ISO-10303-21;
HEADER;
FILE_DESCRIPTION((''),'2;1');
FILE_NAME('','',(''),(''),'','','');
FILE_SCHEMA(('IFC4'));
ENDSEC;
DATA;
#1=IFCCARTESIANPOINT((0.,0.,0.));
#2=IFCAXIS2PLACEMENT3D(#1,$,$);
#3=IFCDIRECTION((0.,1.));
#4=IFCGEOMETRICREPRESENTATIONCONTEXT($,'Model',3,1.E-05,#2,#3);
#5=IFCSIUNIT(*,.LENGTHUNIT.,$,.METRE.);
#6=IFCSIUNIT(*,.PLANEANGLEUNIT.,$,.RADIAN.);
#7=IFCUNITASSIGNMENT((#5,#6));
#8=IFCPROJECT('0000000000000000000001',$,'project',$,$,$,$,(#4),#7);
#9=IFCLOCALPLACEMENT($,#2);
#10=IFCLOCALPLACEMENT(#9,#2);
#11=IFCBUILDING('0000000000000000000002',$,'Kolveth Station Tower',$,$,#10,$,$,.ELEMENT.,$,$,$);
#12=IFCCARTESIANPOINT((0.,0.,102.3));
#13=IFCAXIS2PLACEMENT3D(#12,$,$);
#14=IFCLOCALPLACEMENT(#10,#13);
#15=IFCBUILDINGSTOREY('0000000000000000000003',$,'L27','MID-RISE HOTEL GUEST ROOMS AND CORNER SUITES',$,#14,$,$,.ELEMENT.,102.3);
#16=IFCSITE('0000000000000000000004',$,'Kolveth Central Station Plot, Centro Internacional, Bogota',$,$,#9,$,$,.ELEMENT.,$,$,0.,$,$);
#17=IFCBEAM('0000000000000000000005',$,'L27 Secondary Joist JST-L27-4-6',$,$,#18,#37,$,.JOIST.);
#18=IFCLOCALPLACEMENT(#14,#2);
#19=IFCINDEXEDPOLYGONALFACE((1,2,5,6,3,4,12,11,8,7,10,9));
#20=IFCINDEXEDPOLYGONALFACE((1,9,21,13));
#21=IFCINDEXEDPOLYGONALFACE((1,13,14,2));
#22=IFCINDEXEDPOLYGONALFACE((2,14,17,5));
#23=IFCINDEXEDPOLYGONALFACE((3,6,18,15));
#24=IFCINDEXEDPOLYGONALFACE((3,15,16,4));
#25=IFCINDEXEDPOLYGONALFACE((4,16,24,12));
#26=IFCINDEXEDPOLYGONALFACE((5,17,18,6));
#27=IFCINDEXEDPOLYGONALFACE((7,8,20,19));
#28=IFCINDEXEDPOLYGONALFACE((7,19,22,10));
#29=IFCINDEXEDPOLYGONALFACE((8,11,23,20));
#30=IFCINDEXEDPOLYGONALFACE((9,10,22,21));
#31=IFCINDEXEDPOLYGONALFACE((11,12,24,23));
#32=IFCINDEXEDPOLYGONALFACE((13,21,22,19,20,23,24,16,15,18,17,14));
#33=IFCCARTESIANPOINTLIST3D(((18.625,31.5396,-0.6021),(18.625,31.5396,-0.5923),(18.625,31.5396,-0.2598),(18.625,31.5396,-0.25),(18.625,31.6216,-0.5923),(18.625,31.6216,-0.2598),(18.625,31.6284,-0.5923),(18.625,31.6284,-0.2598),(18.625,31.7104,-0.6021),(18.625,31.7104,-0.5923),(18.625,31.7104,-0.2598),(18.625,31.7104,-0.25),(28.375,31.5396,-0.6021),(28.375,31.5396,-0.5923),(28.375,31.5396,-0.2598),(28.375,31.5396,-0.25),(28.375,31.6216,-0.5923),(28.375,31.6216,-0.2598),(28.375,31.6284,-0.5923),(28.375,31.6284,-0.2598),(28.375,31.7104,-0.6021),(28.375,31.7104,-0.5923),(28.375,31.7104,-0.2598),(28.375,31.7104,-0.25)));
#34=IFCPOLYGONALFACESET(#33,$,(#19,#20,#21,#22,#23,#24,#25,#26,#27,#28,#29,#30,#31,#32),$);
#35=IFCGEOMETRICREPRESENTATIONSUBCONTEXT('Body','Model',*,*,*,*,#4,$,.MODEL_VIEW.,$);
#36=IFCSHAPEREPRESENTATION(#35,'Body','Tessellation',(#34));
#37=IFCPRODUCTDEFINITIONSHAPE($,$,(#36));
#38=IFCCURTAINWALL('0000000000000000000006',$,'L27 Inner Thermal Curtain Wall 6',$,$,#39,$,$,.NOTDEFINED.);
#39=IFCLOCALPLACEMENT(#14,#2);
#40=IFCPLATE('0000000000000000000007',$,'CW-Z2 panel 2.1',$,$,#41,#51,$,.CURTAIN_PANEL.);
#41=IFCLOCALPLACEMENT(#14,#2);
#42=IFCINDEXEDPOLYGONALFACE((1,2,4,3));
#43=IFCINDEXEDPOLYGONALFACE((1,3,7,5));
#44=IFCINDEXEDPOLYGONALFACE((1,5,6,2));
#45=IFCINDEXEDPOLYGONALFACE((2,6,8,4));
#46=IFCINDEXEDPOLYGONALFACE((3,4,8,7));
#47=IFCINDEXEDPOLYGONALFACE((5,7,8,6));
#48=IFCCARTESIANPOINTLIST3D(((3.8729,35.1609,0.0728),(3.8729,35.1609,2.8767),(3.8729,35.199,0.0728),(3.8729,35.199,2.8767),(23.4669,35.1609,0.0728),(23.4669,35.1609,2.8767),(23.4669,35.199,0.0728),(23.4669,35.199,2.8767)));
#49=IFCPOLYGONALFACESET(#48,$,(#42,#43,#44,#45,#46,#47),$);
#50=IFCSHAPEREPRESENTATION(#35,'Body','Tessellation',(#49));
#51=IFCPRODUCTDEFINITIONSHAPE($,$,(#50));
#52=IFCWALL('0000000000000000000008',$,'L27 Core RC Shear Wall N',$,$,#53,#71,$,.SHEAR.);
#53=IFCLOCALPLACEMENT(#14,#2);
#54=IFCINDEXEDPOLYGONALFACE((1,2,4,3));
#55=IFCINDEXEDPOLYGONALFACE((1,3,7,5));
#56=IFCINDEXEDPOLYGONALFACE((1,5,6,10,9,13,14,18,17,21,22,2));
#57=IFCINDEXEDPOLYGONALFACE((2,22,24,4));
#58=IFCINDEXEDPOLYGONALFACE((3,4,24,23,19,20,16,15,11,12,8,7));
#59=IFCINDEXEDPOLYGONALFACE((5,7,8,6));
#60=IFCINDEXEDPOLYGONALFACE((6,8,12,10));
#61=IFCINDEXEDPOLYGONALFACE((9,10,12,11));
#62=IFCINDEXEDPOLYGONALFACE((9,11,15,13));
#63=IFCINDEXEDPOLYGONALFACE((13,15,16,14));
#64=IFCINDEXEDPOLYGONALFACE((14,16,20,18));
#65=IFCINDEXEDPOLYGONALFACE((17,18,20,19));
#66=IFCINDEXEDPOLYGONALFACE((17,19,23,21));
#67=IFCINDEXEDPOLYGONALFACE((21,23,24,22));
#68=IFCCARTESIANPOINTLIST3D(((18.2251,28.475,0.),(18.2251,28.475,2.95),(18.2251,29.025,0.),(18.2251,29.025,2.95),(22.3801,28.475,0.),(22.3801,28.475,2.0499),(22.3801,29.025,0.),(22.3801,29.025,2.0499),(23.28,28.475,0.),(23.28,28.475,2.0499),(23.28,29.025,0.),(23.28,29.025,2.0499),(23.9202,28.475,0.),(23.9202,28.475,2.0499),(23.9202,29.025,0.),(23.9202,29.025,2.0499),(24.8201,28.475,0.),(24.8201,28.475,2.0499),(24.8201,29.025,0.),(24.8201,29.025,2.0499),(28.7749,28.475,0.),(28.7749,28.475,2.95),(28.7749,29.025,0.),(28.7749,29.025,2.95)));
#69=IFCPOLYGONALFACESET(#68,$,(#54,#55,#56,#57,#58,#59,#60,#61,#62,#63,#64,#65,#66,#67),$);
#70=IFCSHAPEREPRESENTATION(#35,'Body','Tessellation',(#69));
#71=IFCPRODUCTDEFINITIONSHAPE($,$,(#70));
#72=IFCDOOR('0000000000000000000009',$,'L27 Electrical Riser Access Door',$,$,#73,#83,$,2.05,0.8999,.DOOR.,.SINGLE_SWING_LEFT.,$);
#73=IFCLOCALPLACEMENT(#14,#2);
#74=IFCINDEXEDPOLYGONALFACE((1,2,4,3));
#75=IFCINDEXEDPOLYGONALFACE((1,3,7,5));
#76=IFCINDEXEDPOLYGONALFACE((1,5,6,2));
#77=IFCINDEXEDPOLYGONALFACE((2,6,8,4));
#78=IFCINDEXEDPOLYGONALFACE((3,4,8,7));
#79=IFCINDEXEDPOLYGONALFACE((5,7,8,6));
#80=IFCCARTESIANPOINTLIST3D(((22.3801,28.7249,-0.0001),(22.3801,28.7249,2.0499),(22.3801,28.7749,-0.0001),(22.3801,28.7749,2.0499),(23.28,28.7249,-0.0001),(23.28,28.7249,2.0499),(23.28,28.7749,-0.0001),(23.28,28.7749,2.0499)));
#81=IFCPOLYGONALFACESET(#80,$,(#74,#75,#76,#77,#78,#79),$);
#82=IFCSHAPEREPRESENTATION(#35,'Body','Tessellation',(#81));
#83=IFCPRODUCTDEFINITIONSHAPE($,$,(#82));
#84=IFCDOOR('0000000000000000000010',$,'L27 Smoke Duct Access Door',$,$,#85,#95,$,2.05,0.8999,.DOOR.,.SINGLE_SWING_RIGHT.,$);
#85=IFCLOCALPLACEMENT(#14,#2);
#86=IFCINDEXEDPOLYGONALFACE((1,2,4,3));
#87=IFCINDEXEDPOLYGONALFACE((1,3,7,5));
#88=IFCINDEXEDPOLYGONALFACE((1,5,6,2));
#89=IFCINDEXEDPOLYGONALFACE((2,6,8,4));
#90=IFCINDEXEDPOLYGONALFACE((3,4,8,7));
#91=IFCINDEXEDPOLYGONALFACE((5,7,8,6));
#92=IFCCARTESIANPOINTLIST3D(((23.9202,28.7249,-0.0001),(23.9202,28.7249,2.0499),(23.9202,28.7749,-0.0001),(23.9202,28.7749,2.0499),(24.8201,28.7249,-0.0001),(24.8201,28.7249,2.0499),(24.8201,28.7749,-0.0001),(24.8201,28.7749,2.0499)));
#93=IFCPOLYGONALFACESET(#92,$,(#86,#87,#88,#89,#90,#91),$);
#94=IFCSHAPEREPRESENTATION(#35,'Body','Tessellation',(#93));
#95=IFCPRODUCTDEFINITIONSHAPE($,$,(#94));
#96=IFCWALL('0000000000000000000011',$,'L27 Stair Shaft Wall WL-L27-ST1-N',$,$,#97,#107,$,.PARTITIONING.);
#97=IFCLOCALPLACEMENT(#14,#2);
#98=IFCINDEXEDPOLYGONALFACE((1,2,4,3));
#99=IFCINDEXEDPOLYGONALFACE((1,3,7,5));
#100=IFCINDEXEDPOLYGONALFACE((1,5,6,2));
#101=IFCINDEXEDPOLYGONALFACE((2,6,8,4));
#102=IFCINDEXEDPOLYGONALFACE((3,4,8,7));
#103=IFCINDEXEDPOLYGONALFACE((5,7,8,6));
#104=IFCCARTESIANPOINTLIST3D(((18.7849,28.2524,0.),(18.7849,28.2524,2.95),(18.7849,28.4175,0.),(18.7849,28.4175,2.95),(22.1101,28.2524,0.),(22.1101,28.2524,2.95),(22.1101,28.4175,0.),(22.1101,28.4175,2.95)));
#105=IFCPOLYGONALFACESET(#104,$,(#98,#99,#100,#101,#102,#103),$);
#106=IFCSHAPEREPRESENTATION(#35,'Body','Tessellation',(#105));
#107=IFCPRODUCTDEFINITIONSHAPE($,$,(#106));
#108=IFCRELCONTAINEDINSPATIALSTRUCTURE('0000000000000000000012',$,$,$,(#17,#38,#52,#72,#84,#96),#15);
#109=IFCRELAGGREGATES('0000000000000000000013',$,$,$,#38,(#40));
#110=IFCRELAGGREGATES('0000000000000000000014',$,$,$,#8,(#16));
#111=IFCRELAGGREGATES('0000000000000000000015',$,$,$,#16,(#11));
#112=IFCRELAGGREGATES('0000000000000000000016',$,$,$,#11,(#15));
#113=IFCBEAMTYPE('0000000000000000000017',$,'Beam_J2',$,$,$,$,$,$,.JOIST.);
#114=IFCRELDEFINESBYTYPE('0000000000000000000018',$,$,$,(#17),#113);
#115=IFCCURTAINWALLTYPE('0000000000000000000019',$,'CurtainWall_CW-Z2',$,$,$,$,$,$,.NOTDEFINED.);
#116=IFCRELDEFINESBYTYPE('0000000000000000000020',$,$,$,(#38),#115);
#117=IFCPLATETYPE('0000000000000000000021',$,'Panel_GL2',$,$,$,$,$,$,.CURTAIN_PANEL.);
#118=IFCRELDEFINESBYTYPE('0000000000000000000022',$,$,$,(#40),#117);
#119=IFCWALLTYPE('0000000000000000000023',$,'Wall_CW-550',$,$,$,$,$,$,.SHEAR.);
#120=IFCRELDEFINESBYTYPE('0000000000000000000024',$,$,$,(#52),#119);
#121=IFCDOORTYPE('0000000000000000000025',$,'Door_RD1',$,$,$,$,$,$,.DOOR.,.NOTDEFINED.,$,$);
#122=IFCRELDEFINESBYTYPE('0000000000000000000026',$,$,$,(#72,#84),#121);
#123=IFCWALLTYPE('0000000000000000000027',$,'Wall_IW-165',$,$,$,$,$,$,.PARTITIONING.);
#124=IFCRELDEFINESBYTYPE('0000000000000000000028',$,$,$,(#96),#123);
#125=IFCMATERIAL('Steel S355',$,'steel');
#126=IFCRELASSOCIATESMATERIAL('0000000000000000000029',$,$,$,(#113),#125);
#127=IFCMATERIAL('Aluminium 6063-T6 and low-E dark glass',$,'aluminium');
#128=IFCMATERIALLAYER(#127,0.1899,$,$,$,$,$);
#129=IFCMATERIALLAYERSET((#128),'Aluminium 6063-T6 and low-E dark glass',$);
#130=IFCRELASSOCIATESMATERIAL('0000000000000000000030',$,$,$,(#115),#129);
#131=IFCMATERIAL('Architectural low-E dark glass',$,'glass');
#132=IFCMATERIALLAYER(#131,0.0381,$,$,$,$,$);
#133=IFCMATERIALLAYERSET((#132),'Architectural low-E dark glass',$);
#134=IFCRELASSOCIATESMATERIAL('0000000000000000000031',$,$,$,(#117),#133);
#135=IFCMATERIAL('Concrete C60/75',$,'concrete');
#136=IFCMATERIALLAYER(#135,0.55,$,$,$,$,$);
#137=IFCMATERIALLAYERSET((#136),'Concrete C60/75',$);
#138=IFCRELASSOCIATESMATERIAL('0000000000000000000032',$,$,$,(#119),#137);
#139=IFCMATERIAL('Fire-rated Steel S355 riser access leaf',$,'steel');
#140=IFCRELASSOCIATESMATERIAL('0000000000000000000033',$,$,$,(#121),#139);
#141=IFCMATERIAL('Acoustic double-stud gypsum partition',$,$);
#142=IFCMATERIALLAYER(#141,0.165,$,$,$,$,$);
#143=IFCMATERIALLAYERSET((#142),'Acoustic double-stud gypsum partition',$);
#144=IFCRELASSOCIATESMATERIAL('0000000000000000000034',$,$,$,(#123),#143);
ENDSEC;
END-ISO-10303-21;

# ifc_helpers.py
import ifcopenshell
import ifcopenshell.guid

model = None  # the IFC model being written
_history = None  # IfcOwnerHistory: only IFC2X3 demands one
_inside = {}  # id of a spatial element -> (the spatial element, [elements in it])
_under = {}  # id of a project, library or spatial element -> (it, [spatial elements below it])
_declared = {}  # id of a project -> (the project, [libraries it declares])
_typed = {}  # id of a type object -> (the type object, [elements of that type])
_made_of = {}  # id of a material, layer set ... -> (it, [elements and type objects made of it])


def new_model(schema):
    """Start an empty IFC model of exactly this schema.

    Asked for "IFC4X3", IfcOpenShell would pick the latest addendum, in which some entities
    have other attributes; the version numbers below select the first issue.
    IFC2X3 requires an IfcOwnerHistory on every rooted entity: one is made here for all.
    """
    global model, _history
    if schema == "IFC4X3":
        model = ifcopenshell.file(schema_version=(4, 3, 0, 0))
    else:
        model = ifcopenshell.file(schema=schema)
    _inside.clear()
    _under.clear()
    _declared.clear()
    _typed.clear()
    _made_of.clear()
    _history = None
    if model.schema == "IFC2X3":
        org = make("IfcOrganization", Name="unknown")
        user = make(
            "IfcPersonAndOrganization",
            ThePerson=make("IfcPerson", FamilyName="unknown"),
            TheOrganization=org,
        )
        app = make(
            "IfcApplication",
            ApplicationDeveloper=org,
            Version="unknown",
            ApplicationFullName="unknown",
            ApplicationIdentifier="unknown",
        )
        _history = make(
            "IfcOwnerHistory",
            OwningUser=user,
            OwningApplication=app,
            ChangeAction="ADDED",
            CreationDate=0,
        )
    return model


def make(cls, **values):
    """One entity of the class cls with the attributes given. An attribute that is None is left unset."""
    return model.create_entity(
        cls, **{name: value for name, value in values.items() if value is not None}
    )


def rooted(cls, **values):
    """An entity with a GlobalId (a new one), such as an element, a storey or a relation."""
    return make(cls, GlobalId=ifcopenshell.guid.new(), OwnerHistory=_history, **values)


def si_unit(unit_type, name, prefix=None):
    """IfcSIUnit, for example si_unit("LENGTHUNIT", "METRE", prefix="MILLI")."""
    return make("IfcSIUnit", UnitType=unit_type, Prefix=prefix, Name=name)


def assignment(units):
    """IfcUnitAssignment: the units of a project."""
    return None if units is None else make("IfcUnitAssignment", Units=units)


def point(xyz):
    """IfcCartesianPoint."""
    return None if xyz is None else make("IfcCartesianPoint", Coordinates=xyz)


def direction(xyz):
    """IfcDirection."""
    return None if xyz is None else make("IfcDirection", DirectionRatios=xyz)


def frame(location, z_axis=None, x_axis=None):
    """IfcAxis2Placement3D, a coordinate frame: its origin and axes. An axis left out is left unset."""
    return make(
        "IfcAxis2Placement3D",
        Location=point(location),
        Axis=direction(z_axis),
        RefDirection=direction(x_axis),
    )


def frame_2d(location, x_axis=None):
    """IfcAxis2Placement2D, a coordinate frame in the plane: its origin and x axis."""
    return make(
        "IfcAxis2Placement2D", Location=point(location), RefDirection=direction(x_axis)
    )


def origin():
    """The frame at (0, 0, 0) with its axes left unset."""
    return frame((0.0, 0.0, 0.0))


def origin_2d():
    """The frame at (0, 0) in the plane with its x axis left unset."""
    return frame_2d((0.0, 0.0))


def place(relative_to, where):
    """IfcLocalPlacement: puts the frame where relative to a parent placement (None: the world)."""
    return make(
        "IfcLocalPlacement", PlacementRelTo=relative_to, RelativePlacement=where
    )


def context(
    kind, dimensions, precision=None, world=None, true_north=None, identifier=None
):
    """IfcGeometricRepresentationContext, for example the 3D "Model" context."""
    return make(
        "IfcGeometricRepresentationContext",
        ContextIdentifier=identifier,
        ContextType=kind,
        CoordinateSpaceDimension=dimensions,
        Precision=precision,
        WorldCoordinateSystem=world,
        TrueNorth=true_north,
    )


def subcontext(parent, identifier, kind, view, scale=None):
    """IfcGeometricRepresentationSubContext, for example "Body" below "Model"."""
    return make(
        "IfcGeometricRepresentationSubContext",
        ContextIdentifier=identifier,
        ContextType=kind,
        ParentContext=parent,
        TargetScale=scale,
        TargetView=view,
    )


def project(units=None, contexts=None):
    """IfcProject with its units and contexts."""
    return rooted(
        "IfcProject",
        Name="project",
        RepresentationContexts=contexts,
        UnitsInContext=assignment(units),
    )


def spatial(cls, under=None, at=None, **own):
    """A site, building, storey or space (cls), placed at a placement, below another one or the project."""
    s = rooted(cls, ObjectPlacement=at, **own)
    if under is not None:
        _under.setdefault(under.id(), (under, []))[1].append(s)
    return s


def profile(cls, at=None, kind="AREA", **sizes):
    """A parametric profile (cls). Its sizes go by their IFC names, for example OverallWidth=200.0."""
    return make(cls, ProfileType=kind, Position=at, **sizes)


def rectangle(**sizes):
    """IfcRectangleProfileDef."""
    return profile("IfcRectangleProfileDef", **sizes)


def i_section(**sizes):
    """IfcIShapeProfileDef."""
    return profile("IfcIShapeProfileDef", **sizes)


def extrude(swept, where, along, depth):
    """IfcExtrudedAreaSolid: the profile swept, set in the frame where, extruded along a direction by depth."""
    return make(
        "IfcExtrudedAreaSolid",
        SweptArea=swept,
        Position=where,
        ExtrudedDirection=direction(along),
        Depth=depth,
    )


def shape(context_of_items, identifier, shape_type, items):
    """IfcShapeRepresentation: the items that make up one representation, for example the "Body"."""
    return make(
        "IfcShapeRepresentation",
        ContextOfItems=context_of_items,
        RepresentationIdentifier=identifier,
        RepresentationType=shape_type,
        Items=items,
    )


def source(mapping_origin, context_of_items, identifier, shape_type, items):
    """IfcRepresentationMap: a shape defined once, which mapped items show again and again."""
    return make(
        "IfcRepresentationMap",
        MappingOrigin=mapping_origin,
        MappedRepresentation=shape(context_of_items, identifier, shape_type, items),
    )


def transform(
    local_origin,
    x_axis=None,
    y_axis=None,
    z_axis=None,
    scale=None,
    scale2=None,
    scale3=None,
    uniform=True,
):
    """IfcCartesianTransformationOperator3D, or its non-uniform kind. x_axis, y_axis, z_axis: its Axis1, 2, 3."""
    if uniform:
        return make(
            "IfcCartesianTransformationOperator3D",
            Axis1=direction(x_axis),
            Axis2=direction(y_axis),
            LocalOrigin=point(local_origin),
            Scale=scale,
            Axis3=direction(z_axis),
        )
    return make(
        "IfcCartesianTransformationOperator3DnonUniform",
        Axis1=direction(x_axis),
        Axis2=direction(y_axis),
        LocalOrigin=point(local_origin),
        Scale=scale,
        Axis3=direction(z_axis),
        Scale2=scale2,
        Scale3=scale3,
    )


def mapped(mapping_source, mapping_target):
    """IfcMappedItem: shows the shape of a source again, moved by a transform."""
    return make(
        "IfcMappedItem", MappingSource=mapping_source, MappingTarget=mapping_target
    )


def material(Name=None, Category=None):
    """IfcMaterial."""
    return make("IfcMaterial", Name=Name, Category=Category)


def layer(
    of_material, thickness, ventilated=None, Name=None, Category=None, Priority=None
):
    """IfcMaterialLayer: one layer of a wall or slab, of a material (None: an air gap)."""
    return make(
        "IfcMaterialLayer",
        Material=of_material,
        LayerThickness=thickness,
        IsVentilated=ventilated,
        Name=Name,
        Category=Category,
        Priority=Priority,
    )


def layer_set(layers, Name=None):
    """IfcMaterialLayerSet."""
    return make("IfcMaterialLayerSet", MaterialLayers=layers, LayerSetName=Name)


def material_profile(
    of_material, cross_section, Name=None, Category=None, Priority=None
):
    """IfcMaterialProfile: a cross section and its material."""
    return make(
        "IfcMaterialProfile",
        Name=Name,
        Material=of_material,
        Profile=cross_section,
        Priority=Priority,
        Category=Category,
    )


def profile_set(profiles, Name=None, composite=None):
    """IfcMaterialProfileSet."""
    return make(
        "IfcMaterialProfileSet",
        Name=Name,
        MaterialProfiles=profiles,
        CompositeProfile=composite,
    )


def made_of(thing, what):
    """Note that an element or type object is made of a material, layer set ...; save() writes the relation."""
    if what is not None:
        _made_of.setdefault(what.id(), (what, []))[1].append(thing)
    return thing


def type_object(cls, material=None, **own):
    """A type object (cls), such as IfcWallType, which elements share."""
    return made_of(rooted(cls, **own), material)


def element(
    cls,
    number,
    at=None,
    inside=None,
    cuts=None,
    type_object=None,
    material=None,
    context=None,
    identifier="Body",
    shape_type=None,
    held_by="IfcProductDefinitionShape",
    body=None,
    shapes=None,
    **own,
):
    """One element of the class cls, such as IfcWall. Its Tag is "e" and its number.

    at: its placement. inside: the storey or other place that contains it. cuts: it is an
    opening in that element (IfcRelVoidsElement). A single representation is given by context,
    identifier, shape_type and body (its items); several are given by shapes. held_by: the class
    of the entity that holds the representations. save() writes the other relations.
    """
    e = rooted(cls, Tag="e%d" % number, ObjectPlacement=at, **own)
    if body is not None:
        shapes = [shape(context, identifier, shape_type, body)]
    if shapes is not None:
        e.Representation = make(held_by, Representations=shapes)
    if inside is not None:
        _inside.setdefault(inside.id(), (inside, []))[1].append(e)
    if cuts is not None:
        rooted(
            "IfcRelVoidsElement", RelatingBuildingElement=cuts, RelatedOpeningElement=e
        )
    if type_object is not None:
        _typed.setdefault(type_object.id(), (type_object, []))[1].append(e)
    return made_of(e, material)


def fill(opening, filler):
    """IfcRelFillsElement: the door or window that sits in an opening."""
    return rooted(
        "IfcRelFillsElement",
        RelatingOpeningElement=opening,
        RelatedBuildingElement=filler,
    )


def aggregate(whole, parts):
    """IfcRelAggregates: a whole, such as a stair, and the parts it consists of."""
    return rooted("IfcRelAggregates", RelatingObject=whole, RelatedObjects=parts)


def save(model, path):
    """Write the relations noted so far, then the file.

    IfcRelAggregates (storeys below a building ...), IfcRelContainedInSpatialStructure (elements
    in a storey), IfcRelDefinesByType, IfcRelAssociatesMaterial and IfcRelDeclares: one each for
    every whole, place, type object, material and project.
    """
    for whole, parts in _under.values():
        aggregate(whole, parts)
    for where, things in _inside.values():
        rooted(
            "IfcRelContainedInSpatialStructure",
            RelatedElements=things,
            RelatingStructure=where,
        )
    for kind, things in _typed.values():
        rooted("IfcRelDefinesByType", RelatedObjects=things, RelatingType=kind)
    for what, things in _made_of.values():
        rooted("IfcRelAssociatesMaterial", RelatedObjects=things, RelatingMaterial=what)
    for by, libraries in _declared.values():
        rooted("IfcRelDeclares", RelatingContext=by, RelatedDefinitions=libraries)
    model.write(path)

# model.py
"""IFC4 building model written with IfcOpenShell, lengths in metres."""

from ifc_helpers import new_model, si_unit, direction, frame, frame_2d, origin, origin_2d, place, context, subcontext, project, spatial, rectangle, i_section, extrude, source, transform, mapped, material, layer, layer_set, material_profile, profile_set, type_object, element, fill, aggregate, save


model = new_model("IFC4")

# Units and contexts
model_context = context("Model", 3, precision=1e-05, world=origin(), true_north=direction((0.0, 1.0)))
body_context = subcontext(model_context, "Body", "Model", "MODEL_VIEW")
ifc_project = project(units=[si_unit("LENGTHUNIT", "METRE"), si_unit("PLANEANGLEUNIT", "RADIAN")], contexts=[model_context])

# Site, building, storey
site_placement = place(None, origin())
site = spatial("IfcSite", under=ifc_project, at=site_placement, Name="Kolveth Central Station Plot, Centro Internacional, Bogota", CompositionType="ELEMENT", RefElevation=0.0)
building_placement = place(site_placement, origin())
building = spatial("IfcBuilding", under=site, at=building_placement, Name="Kolveth Station Tower", CompositionType="ELEMENT")
storey_placement = place(building_placement, frame((0.0, 0.0, 102.3)))
storey = spatial("IfcBuildingStorey", under=building, at=storey_placement, Name="L27", Description="MID-RISE HOTEL GUEST ROOMS AND CORNER SUITES", CompositionType="ELEMENT", Elevation=102.3)

# Shared definitions
ifc_material_1 = material(Name="Steel S355", Category="steel")

# Beam
ifc_material_profile_1 = material_profile(ifc_material_1, i_section(OverallWidth=0.1709, OverallDepth=0.3521, WebThickness=0.0068, FlangeThickness=0.0098, at=origin_2d()), Name="W360x44")
ifc_profile_set_1 = profile_set([ifc_material_profile_1], Name="Steel S355")
beam_type_1 = type_object("IfcBeamType", Name="Beam_J2", PredefinedType="JOIST", material=ifc_profile_set_1)
shared_shape_1 = source(origin(), body_context, "Body", "SweptSolid", [
    extrude(i_section(OverallWidth=0.1709, OverallDepth=0.3521, WebThickness=0.0068, FlangeThickness=0.0098, at=origin_2d()), origin(), (0.0, 0.0, 1.0), 9.75),
])
beam_1_placement = place(storey_placement, frame((18.625, 31.625, -0.426), z_axis=(1.0, 0.0, 0.0), x_axis=(0.0, 1.0, 0.0)))
element("IfcBeam", 1, at=beam_1_placement, inside=storey, type_object=beam_type_1, Name="L27 Secondary Joist JST-L27-4-6", PredefinedType="JOIST", context=body_context, shape_type="MappedRepresentation", body=[
    mapped(shared_shape_1, transform((0.0, 0.0, 0.0), x_axis=(1.0, 0.0, 0.0), y_axis=(0.0, 1.0, 0.0), z_axis=(0.0, 0.0, 1.0), scale=1.0)),
])

# Curtain wall, plate
ifc_material_2 = material(Name="Aluminium 6063-T6 and low-E dark glass", Category="aluminium")
ifc_layer_1 = layer(ifc_material_2, 0.1899)
ifc_layer_set_1 = layer_set([ifc_layer_1], Name="Aluminium 6063-T6 and low-E dark glass")
curtain_wall_type = type_object("IfcCurtainWallType", Name="CurtainWall_CW-Z2", PredefinedType="NOTDEFINED", material=ifc_layer_set_1)
curtain_wall_placement = place(storey_placement, origin())
curtain_wall = element("IfcCurtainWall", 2, at=curtain_wall_placement, inside=storey, type_object=curtain_wall_type, Name="L27 Inner Thermal Curtain Wall 6", PredefinedType="NOTDEFINED")
ifc_material_3 = material(Name="Architectural low-E dark glass", Category="glass")
ifc_layer_2 = layer(ifc_material_3, 0.0381)
ifc_layer_set_2 = layer_set([ifc_layer_2], Name="Architectural low-E dark glass")
plate_type = type_object("IfcPlateType", Name="Panel_GL2", PredefinedType="CURTAIN_PANEL", material=ifc_layer_set_2)
shared_shape_2 = source(origin(), body_context, "Body", "SweptSolid", [
    extrude(rectangle(XDim=19.594, YDim=0.0381, at=origin_2d()), origin(), (0.0, 0.0, 1.0), 2.804),
])
plate_placement = place(storey_placement, frame((13.6699, 35.1799, 0.0728), z_axis=(0.0, 0.0, 1.0), x_axis=(-1.0, 0.0, 0.0)))
plate = element("IfcPlate", 3, at=plate_placement, type_object=plate_type, Name="CW-Z2 panel 2.1", PredefinedType="CURTAIN_PANEL", context=body_context, shape_type="MappedRepresentation", body=[
    mapped(shared_shape_2, transform((0.0, 0.0, 0.0), x_axis=(1.0, 0.0, 0.0), y_axis=(0.0, 1.0, 0.0), z_axis=(0.0, 0.0, 1.0), scale=1.0)),
])
aggregate(curtain_wall, [plate])

# Wall, openings, doors
ifc_material_4 = material(Name="Concrete C60/75", Category="concrete")
ifc_layer_3 = layer(ifc_material_4, 0.55)
ifc_layer_set_3 = layer_set([ifc_layer_3], Name="Concrete C60/75")
wall_type_1 = type_object("IfcWallType", Name="Wall_CW-550", PredefinedType="SHEAR", material=ifc_layer_set_3)
wall_1_placement = place(storey_placement, frame((18.2251, 28.75, 0.0), z_axis=(0.0, 0.0, 1.0), x_axis=(1.0, 0.0, 0.0)))
wall_1 = element("IfcWall", 4, at=wall_1_placement, inside=storey, type_object=wall_type_1, Name="L27 Core RC Shear Wall N", PredefinedType="SHEAR", context=body_context, shape_type="SweptSolid", body=[
    extrude(rectangle(XDim=10.5498, YDim=0.55, at=frame_2d((5.2749, 0.0))), origin(), (0.0, 0.0, 1.0), 2.95),
])
opening_1_placement = place(wall_1_placement, frame((4.155, 0.0, 0.0)))
opening_1 = element("IfcOpeningElement", 5, at=opening_1_placement, cuts=wall_1, PredefinedType="OPENING", context=body_context, shape_type="SweptSolid", body=[
    extrude(rectangle(XDim=0.8999, YDim=2.05, at=frame_2d((0.45, 1.0249))), frame((0.0, 0.2849, 0.0), z_axis=(0.0, -1.0, 0.0), x_axis=(1.0, 0.0, 0.0)), (0.0, 0.0, 1.0), 0.5701),
])
opening_2_placement = place(wall_1_placement, frame((5.6951, 0.0, 0.0)))
opening_2 = element("IfcOpeningElement", 6, at=opening_2_placement, cuts=wall_1, PredefinedType="OPENING", context=body_context, shape_type="SweptSolid", body=[
    extrude(rectangle(XDim=0.8999, YDim=2.05, at=frame_2d((0.45, 1.0249))), frame((0.0, 0.2849, 0.0), z_axis=(0.0, -1.0, 0.0), x_axis=(1.0, 0.0, 0.0)), (0.0, 0.0, 1.0), 0.5701),
])
ifc_material_5 = material(Name="Fire-rated Steel S355 riser access leaf", Category="steel")
door_type_1 = type_object("IfcDoorType", Name="Door_RD1", OperationType="NOTDEFINED", PredefinedType="DOOR", material=ifc_material_5)
door_1_placement = place(opening_1_placement, origin())
door_1 = element("IfcDoor", 7, at=door_1_placement, inside=storey, type_object=door_type_1, Name="L27 Electrical Riser Access Door", OperationType="SINGLE_SWING_LEFT", OverallHeight=2.05, OverallWidth=0.8999, PredefinedType="DOOR", context=body_context, shape_type="SweptSolid", body=[
    extrude(rectangle(XDim=0.8999, YDim=2.05, at=frame_2d((0.45, 1.0249))), frame((0.0, 0.0249, 0.0), z_axis=(0.0, -1.0, 0.0), x_axis=(1.0, 0.0, 0.0)), (0.0, 0.0, 1.0), 0.05),
])
fill(opening_1, door_1)
door_2_placement = place(opening_2_placement, origin())
door_2 = element("IfcDoor", 8, at=door_2_placement, inside=storey, type_object=door_type_1, Name="L27 Smoke Duct Access Door", OperationType="SINGLE_SWING_RIGHT", OverallHeight=2.05, OverallWidth=0.8999, PredefinedType="DOOR", context=body_context, shape_type="SweptSolid", body=[
    extrude(rectangle(XDim=0.8999, YDim=2.05, at=frame_2d((0.45, 1.0249))), frame((0.0, 0.0249, 0.0), z_axis=(0.0, -1.0, 0.0), x_axis=(1.0, 0.0, 0.0)), (0.0, 0.0, 1.0), 0.05),
])
fill(opening_2, door_2)

# Wall
ifc_material_6 = material(Name="Acoustic double-stud gypsum partition")
ifc_layer_4 = layer(ifc_material_6, 0.165)
ifc_layer_set_4 = layer_set([ifc_layer_4], Name="Acoustic double-stud gypsum partition")
wall_type_2 = type_object("IfcWallType", Name="Wall_IW-165", PredefinedType="PARTITIONING", material=ifc_layer_set_4)
wall_2_placement = place(storey_placement, frame((18.7849, 28.335, 0.0), z_axis=(0.0, 0.0, 1.0), x_axis=(1.0, 0.0, 0.0)))
element("IfcWall", 9, at=wall_2_placement, inside=storey, type_object=wall_type_2, Name="L27 Stair Shaft Wall WL-L27-ST1-N", PredefinedType="PARTITIONING", context=body_context, shape_type="SweptSolid", body=[
    extrude(rectangle(XDim=3.3252, YDim=0.165, at=frame_2d((1.6626, 0.0))), origin(), (0.0, 0.0, 1.0), 2.95),
])

save(model, "model.ifc")
